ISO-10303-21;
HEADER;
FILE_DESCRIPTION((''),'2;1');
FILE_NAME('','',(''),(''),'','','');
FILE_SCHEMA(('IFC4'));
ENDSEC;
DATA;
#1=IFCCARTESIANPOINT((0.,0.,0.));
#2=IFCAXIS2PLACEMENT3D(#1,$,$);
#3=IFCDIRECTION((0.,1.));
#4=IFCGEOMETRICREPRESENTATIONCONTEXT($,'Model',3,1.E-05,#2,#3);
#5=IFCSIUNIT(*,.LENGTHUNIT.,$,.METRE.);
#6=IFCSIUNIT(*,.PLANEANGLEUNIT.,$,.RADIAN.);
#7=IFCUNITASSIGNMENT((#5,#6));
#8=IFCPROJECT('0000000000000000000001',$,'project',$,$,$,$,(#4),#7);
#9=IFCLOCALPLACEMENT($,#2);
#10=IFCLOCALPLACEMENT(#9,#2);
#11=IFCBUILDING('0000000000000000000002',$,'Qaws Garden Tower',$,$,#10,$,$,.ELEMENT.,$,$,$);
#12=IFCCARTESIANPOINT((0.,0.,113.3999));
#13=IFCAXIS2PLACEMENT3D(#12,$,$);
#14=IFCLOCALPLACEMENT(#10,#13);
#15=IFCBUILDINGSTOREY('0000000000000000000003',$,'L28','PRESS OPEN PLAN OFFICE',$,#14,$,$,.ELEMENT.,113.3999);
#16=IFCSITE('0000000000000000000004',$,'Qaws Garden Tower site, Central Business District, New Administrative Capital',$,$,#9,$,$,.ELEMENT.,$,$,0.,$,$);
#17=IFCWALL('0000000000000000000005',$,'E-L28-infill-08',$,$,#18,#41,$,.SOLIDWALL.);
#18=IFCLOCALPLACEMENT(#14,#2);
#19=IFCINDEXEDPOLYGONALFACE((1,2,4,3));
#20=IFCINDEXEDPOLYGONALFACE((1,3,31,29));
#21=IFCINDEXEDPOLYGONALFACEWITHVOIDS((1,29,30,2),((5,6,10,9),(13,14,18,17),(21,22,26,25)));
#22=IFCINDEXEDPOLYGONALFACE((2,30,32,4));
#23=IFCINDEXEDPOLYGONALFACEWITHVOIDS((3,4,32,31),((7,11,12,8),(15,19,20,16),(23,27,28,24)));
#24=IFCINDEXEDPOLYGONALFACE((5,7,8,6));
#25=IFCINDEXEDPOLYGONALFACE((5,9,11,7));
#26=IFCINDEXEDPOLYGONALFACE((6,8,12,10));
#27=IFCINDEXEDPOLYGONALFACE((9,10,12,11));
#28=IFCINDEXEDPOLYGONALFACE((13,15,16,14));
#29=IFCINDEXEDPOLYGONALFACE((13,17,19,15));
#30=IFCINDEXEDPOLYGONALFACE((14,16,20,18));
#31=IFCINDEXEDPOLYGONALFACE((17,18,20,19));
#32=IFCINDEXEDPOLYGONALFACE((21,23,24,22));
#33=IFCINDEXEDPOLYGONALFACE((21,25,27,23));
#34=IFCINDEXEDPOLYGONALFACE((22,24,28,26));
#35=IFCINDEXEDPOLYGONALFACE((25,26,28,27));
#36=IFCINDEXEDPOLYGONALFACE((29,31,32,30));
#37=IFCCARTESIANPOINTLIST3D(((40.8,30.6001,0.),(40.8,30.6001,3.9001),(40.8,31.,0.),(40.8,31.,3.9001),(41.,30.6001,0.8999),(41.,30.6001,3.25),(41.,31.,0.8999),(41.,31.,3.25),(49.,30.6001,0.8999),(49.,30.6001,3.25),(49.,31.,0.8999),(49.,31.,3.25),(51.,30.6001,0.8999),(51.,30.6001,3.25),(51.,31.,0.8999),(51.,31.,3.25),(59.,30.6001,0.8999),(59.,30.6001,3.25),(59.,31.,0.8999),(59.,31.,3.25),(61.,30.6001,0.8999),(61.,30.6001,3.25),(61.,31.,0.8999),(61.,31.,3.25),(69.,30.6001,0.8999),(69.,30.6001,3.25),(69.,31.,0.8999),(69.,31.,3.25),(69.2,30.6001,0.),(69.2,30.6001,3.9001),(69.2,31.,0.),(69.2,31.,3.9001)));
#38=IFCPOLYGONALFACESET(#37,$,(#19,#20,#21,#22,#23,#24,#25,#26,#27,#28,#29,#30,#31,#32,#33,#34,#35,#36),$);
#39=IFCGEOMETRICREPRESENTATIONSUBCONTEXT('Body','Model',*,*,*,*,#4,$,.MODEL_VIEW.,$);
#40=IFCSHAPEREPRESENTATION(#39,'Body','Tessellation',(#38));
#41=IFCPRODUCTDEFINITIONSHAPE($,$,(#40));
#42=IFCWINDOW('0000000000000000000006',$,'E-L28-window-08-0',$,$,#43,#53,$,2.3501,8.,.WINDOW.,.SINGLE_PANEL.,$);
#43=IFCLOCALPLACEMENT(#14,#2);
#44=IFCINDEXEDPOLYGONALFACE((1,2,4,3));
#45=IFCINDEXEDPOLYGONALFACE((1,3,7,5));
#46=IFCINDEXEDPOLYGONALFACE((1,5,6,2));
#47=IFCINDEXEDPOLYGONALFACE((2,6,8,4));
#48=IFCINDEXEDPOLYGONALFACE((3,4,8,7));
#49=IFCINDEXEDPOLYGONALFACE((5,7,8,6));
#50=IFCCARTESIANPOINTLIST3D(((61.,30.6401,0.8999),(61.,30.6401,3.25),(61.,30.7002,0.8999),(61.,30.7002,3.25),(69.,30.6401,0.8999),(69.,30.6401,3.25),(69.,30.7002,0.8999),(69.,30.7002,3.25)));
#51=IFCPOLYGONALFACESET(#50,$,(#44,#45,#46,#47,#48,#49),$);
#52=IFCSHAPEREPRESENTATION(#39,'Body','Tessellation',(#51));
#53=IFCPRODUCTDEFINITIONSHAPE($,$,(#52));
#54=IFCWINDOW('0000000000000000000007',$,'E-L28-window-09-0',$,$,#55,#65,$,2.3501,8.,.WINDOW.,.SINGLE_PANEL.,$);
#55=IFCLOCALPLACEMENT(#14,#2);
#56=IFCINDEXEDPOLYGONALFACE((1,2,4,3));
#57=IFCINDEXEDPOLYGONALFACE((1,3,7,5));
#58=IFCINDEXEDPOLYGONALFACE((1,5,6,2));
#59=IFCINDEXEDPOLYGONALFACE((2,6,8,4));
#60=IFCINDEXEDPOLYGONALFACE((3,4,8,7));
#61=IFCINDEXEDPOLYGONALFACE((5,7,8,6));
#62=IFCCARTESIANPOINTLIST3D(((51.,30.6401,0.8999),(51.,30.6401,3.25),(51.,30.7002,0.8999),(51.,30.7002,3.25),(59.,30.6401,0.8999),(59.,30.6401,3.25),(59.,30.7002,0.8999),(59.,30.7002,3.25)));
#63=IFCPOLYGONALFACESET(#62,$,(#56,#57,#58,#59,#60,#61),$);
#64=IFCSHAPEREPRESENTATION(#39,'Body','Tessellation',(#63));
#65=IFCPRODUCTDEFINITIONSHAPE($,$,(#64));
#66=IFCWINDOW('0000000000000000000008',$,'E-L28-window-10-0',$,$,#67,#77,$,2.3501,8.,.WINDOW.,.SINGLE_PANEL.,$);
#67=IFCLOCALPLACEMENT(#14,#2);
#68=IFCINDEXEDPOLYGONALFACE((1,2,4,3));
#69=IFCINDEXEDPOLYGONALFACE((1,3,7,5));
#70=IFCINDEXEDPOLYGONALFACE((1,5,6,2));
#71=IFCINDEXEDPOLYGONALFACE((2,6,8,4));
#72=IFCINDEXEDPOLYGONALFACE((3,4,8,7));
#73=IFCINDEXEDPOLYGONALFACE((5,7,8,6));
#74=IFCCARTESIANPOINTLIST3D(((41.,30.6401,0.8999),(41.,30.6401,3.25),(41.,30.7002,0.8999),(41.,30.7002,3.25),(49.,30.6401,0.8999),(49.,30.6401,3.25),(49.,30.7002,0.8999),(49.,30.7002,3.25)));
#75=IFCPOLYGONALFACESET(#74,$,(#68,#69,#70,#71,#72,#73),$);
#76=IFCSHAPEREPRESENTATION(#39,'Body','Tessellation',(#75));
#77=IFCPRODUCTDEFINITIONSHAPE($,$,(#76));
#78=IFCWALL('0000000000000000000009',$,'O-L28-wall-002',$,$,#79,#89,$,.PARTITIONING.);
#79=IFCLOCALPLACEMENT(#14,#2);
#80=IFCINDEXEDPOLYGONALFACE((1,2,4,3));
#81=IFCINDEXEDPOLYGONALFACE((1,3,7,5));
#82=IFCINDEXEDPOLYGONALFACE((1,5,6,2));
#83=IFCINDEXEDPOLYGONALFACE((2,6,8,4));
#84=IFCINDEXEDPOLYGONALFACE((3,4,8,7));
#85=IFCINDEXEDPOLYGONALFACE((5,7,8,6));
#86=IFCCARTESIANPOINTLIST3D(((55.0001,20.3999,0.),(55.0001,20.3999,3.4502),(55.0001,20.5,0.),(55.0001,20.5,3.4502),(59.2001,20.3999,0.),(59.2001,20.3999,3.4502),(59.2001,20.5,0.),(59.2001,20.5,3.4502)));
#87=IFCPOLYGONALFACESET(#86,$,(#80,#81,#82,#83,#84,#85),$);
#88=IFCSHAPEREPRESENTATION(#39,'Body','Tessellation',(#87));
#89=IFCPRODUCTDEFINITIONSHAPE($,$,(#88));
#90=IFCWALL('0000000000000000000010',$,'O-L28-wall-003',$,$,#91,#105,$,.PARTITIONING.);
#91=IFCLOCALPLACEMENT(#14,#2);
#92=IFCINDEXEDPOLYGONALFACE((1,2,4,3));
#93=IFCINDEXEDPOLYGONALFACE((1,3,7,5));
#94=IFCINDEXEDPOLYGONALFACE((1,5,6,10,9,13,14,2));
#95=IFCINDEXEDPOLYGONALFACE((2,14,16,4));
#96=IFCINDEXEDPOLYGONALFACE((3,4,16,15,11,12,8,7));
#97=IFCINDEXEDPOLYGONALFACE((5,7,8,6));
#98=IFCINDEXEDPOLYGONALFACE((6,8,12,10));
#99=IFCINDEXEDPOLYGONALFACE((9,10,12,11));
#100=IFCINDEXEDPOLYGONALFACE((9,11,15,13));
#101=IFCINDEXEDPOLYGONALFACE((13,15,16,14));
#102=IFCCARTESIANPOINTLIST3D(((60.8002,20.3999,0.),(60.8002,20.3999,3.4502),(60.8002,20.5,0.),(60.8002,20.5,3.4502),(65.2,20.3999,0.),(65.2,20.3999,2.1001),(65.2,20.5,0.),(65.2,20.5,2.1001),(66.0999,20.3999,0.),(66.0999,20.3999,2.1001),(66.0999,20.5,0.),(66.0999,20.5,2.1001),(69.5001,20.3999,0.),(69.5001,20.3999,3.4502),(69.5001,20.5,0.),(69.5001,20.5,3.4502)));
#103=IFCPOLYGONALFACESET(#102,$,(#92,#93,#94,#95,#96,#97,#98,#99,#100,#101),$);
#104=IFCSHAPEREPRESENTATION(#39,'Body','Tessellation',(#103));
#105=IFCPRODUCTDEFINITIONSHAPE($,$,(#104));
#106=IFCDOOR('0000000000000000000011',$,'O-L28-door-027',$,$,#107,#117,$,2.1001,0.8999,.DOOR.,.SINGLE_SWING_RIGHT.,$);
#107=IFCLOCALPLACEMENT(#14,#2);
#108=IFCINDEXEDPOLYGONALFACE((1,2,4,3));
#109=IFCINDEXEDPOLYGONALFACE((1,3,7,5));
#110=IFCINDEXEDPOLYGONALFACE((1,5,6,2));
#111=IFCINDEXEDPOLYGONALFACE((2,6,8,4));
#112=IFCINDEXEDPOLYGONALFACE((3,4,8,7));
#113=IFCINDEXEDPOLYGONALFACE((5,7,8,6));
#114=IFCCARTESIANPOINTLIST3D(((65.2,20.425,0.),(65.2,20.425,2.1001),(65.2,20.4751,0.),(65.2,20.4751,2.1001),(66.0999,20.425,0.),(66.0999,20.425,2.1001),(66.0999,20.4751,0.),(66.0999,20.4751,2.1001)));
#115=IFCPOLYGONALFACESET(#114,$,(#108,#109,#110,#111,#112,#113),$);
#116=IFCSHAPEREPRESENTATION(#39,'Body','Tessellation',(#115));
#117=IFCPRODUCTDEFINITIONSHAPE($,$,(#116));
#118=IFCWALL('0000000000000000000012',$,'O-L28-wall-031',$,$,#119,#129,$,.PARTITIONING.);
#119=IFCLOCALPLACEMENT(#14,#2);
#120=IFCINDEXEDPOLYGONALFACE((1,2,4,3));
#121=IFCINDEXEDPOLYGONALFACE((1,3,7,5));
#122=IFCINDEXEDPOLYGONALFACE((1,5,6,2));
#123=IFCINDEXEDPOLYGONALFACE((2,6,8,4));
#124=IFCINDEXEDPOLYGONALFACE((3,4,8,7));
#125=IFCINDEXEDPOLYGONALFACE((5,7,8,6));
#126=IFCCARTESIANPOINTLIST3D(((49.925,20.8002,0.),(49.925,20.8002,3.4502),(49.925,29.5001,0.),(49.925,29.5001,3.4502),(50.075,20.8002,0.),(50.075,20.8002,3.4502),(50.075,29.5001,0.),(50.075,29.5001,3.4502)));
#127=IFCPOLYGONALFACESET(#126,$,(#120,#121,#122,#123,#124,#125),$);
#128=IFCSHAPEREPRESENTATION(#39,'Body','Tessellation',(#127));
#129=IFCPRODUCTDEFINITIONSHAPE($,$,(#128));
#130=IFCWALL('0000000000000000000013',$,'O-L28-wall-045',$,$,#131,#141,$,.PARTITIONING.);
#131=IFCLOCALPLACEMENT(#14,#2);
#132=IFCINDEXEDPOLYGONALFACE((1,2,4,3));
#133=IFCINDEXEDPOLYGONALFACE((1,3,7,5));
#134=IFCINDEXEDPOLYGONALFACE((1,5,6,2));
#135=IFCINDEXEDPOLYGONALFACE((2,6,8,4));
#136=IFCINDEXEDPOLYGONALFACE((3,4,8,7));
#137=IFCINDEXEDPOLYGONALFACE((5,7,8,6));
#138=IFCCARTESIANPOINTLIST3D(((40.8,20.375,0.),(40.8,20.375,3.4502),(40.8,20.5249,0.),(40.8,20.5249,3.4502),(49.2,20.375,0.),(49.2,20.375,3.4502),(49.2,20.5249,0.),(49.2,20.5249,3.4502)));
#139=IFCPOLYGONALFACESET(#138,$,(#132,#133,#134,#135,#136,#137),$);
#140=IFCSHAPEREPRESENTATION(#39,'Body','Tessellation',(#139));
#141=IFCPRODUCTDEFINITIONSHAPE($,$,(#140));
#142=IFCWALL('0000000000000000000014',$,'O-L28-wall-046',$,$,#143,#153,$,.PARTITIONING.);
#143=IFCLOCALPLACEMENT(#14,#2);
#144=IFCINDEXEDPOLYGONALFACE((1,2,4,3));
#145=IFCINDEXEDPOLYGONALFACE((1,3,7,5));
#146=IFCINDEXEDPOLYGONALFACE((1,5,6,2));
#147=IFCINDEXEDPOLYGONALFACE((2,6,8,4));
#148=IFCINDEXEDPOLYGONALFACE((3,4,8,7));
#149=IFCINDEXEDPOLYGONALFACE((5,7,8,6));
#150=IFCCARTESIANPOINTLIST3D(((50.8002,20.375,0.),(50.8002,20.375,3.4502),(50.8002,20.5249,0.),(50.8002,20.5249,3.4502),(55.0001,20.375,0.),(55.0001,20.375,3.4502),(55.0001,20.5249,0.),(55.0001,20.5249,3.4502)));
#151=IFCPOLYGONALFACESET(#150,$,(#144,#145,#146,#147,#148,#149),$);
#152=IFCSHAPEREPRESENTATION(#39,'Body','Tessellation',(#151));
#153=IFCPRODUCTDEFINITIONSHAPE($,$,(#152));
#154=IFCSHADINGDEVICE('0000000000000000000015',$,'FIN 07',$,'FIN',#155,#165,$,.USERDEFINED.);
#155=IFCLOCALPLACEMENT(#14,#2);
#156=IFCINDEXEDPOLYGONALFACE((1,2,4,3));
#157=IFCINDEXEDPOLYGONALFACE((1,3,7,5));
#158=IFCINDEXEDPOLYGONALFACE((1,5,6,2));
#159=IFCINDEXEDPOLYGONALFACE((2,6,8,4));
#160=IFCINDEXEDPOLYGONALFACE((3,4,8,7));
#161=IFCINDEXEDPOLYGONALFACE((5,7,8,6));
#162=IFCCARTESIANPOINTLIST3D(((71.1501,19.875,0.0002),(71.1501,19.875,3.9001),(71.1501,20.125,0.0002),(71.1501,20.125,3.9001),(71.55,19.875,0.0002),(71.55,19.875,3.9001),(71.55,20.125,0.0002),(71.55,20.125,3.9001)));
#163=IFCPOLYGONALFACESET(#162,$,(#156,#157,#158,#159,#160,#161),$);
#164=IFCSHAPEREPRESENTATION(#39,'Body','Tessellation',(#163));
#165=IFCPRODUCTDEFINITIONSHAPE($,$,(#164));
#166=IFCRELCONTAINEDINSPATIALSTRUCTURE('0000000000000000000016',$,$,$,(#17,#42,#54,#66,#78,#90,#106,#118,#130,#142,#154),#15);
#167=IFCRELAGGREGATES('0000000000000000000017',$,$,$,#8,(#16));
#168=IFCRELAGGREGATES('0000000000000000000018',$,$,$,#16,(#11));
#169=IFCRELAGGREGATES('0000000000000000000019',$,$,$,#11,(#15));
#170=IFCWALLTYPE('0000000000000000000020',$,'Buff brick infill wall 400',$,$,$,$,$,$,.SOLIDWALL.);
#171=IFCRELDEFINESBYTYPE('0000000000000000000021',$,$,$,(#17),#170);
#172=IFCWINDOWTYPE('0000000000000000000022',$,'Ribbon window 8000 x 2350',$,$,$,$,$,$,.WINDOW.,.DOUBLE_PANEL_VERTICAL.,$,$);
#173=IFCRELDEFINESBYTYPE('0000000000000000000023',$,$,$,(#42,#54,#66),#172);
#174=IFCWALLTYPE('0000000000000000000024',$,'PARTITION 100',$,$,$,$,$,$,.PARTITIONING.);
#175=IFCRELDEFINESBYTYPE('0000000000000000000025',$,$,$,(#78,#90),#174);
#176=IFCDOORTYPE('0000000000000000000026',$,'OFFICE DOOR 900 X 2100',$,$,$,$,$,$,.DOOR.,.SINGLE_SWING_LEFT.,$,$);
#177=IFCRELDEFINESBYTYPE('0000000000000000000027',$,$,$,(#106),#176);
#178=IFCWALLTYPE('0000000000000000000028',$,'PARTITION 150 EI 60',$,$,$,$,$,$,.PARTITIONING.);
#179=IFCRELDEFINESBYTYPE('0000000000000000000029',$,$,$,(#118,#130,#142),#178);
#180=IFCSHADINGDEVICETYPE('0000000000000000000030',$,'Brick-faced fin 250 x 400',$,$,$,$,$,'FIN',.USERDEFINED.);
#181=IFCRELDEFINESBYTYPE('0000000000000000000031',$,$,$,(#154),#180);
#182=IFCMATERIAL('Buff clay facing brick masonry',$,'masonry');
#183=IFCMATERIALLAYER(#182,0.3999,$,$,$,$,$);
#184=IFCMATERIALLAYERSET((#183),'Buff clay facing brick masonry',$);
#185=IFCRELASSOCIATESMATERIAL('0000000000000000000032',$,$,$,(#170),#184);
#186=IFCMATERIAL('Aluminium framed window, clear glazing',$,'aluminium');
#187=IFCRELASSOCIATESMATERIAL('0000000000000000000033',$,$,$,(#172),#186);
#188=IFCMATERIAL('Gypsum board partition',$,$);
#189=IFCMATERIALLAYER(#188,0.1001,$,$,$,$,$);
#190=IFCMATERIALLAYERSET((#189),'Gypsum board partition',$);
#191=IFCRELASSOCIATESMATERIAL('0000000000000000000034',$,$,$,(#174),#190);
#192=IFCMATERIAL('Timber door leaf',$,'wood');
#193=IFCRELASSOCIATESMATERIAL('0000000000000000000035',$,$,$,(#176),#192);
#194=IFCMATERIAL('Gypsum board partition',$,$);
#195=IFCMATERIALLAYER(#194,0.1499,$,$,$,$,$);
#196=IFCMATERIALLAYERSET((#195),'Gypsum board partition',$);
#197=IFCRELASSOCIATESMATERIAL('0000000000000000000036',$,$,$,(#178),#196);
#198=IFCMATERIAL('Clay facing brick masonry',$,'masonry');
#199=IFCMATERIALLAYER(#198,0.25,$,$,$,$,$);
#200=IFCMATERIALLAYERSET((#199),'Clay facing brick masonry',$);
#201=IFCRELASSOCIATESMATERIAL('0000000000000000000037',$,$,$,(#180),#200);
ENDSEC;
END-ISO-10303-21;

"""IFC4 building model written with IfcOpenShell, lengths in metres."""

from ifc_helpers import new_model, si_unit, direction, frame, frame_2d, origin, origin_2d, place, context, subcontext, project, spatial, rectangle, extrude, material, layer, layer_set, type_object, element, fill, save


model = new_model("IFC4")

# Units and contexts
model_context = context("Model", 3, precision=1e-05, world=origin(), true_north=direction((0.0, 1.0)))
body_context = subcontext(model_context, "Body", "Model", "MODEL_VIEW")
ifc_project = project(units=[si_unit("LENGTHUNIT", "METRE"), si_unit("PLANEANGLEUNIT", "RADIAN")], contexts=[model_context])

# Site, building, storey
site_placement = place(None, origin())
site = spatial("IfcSite", under=ifc_project, at=site_placement, Name="Qaws Garden Tower site, Central Business District, New Administrative Capital", CompositionType="ELEMENT", RefElevation=0.0)
building_placement = place(site_placement, origin())
building = spatial("IfcBuilding", under=site, at=building_placement, Name="Qaws Garden Tower", CompositionType="ELEMENT")
storey_placement = place(building_placement, frame((0.0, 0.0, 113.3999)))
storey = spatial("IfcBuildingStorey", under=building, at=storey_placement, Name="L28", Description="PRESS OPEN PLAN OFFICE", CompositionType="ELEMENT", Elevation=113.3999)

# Wall, openings, windows
ifc_material_1 = material(Name="Buff clay facing brick masonry", Category="masonry")
ifc_layer_1 = layer(ifc_material_1, 0.3999)
ifc_layer_set_1 = layer_set([ifc_layer_1], Name="Buff clay facing brick masonry")
wall_type_1 = type_object("IfcWallType", Name="Buff brick infill wall 400", PredefinedType="SOLIDWALL", material=ifc_layer_set_1)
wall_1_placement = place(storey_placement, frame((69.2, 30.8, 0.0), z_axis=(0.0, 0.0, 1.0), x_axis=(-1.0, 0.0, 0.0)))
wall_1 = element("IfcWall", 1, at=wall_1_placement, inside=storey, type_object=wall_type_1, Name="E-L28-infill-08", PredefinedType="SOLIDWALL", context=body_context, shape_type="SweptSolid", body=[
    extrude(rectangle(XDim=28.3999, YDim=0.3999, at=frame_2d((14.2, 0.0))), origin(), (0.0, 0.0, 1.0), 3.9001),
])
opening_1_placement = place(wall_1_placement, frame((0.2, 0.0, 0.8999)))
opening_1 = element("IfcOpeningElement", 2, at=opening_1_placement, cuts=wall_1, PredefinedType="OPENING", context=body_context, shape_type="SweptSolid", body=[
    extrude(rectangle(XDim=8.0, YDim=2.3501, at=frame_2d((4.0, 1.175))), frame((0.0, 0.21, 0.0), z_axis=(0.0, -1.0, 0.0), x_axis=(1.0, 0.0, 0.0)), (0.0, 0.0, 1.0), 0.4199),
])
opening_2_placement = place(wall_1_placement, frame((10.2, 0.0, 0.8999)))
opening_2 = element("IfcOpeningElement", 3, at=opening_2_placement, cuts=wall_1, PredefinedType="OPENING", context=body_context, shape_type="SweptSolid", body=[
    extrude(rectangle(XDim=8.0, YDim=2.3501, at=frame_2d((4.0, 1.175))), frame((0.0, 0.21, 0.0), z_axis=(0.0, -1.0, 0.0), x_axis=(1.0, 0.0, 0.0)), (0.0, 0.0, 1.0), 0.4199),
])
opening_3_placement = place(wall_1_placement, frame((20.2, 0.0, 0.8999)))
opening_3 = element("IfcOpeningElement", 4, at=opening_3_placement, cuts=wall_1, PredefinedType="OPENING", context=body_context, shape_type="SweptSolid", body=[
    extrude(rectangle(XDim=8.0, YDim=2.3501, at=frame_2d((4.0, 1.175))), frame((0.0, 0.21, 0.0), z_axis=(0.0, -1.0, 0.0), x_axis=(1.0, 0.0, 0.0)), (0.0, 0.0, 1.0), 0.4199),
])
ifc_material_2 = material(Name="Aluminium framed window, clear glazing", Category="aluminium")
window_type = type_object("IfcWindowType", Name="Ribbon window 8000 x 2350", PartitioningType="DOUBLE_PANEL_VERTICAL", PredefinedType="WINDOW", material=ifc_material_2)
window_1_placement = place(opening_1_placement, origin())
window_1 = element("IfcWindow", 5, at=window_1_placement, inside=storey, type_object=window_type, Name="E-L28-window-08-0", OverallHeight=2.3501, OverallWidth=8.0, PartitioningType="SINGLE_PANEL", PredefinedType="WINDOW", context=body_context, shape_type="SweptSolid", body=[
    extrude(rectangle(XDim=8.0, YDim=2.3501, at=frame_2d((4.0, 1.175))), frame((0.0, 0.1599, 0.0), z_axis=(0.0, -1.0, 0.0), x_axis=(1.0, 0.0, 0.0)), (0.0, 0.0, 1.0), 0.0601),
])
fill(opening_1, window_1)
window_2_placement = place(opening_2_placement, origin())
window_2 = element("IfcWindow", 6, at=window_2_placement, inside=storey, type_object=window_type, Name="E-L28-window-09-0", OverallHeight=2.3501, OverallWidth=8.0, PartitioningType="SINGLE_PANEL", PredefinedType="WINDOW", context=body_context, shape_type="SweptSolid", body=[
    extrude(rectangle(XDim=8.0, YDim=2.3501, at=frame_2d((4.0, 1.175))), frame((0.0, 0.1599, 0.0), z_axis=(0.0, -1.0, 0.0), x_axis=(1.0, 0.0, 0.0)), (0.0, 0.0, 1.0), 0.0601),
])
fill(opening_2, window_2)
window_3_placement = place(opening_3_placement, origin())
window_3 = element("IfcWindow", 7, at=window_3_placement, inside=storey, type_object=window_type, Name="E-L28-window-10-0", OverallHeight=2.3501, OverallWidth=8.0, PartitioningType="SINGLE_PANEL", PredefinedType="WINDOW", context=body_context, shape_type="SweptSolid", body=[
    extrude(rectangle(XDim=8.0, YDim=2.3501, at=frame_2d((4.0, 1.175))), frame((0.0, 0.1599, 0.0), z_axis=(0.0, -1.0, 0.0), x_axis=(1.0, 0.0, 0.0)), (0.0, 0.0, 1.0), 0.0601),
])
fill(opening_3, window_3)

# Wall
ifc_material_3 = material(Name="Gypsum board partition")
ifc_layer_2 = layer(ifc_material_3, 0.1001)
ifc_layer_set_2 = layer_set([ifc_layer_2], Name="Gypsum board partition")
wall_type_2 = type_object("IfcWallType", Name="PARTITION 100", PredefinedType="PARTITIONING", material=ifc_layer_set_2)
wall_2_placement = place(storey_placement, frame((55.0, 20.45, 0.0), z_axis=(0.0, 0.0, 1.0), x_axis=(1.0, 0.0, 0.0)))
element("IfcWall", 8, at=wall_2_placement, inside=storey, type_object=wall_type_2, Name="O-L28-wall-002", PredefinedType="PARTITIONING", context=body_context, shape_type="SweptSolid", body=[
    extrude(rectangle(XDim=4.2, YDim=0.1001, at=frame_2d((2.1001, 0.0))), origin(), (0.0, 0.0, 1.0), 3.4502),
])

# Wall, opening, door
wall_3_placement = place(storey_placement, frame((60.8, 20.45, 0.0), z_axis=(0.0, 0.0, 1.0), x_axis=(1.0, 0.0, 0.0)))
wall_3 = element("IfcWall", 9, at=wall_3_placement, inside=storey, type_object=wall_type_2, Name="O-L28-wall-003", PredefinedType="PARTITIONING", context=body_context, shape_type="SweptSolid", body=[
    extrude(rectangle(XDim=8.7, YDim=0.1001, at=frame_2d((4.3501, 0.0))), origin(), (0.0, 0.0, 1.0), 3.4502),
])
opening_4_placement = place(wall_3_placement, frame((4.3999, 0.0, 0.0)))
opening_4 = element("IfcOpeningElement", 10, at=opening_4_placement, cuts=wall_3, PredefinedType="OPENING", context=body_context, shape_type="SweptSolid", body=[
    extrude(rectangle(XDim=0.8999, YDim=2.1001, at=frame_2d((0.45, 1.05))), frame((0.0, 0.0601, 0.0), z_axis=(0.0, -1.0, 0.0), x_axis=(1.0, 0.0, 0.0)), (0.0, 0.0, 1.0), 0.1201),
])
ifc_material_4 = material(Name="Timber door leaf", Category="wood")
door_type = type_object("IfcDoorType", Name="OFFICE DOOR 900 X 2100", OperationType="SINGLE_SWING_LEFT", PredefinedType="DOOR", material=ifc_material_4)
door_placement = place(opening_4_placement, frame((0.8999, 0.0, 0.0), z_axis=(0.0, 0.0, 1.0), x_axis=(-1.0, 0.0, 0.0)))
door = element("IfcDoor", 11, at=door_placement, inside=storey, type_object=door_type, Name="O-L28-door-027", OperationType="SINGLE_SWING_RIGHT", OverallHeight=2.1001, OverallWidth=0.8999, PredefinedType="DOOR", context=body_context, shape_type="SweptSolid", body=[
    extrude(rectangle(XDim=0.8999, YDim=2.1001, at=frame_2d((0.45, 1.05))), frame((0.0, 0.0249, 0.0), z_axis=(0.0, -1.0, 0.0), x_axis=(1.0, 0.0, 0.0)), (0.0, 0.0, 1.0), 0.05),
])
fill(opening_4, door)

# Walls
ifc_material_5 = material(Name="Gypsum board partition")
ifc_layer_3 = layer(ifc_material_5, 0.1499)
ifc_layer_set_3 = layer_set([ifc_layer_3], Name="Gypsum board partition")
wall_type_3 = type_object("IfcWallType", Name="PARTITION 150 EI 60", PredefinedType="PARTITIONING", material=ifc_layer_set_3)
wall_4_placement = place(storey_placement, frame((50.0, 20.8, 0.0), z_axis=(0.0, 0.0, 1.0), x_axis=(0.0, 1.0, 0.0)))
element("IfcWall", 12, at=wall_4_placement, inside=storey, type_object=wall_type_3, Name="O-L28-wall-031", PredefinedType="PARTITIONING", context=body_context, shape_type="SweptSolid", body=[
    extrude(rectangle(XDim=8.7, YDim=0.1499, at=frame_2d((4.3501, 0.0))), origin(), (0.0, 0.0, 1.0), 3.4502),
])
wall_5_placement = place(storey_placement, frame((40.8, 20.45, 0.0), z_axis=(0.0, 0.0, 1.0), x_axis=(1.0, 0.0, 0.0)))
element("IfcWall", 13, at=wall_5_placement, inside=storey, type_object=wall_type_3, Name="O-L28-wall-045", PredefinedType="PARTITIONING", context=body_context, shape_type="SweptSolid", body=[
    extrude(rectangle(XDim=8.3999, YDim=0.1499, at=frame_2d((4.2, 0.0))), origin(), (0.0, 0.0, 1.0), 3.4502),
])
wall_6_placement = place(storey_placement, frame((50.8, 20.45, 0.0), z_axis=(0.0, 0.0, 1.0), x_axis=(1.0, 0.0, 0.0)))
element("IfcWall", 14, at=wall_6_placement, inside=storey, type_object=wall_type_3, Name="O-L28-wall-046", PredefinedType="PARTITIONING", context=body_context, shape_type="SweptSolid", body=[
    extrude(rectangle(XDim=4.2, YDim=0.1499, at=frame_2d((2.1001, 0.0))), origin(), (0.0, 0.0, 1.0), 3.4502),
])

# Shading device
ifc_material_6 = material(Name="Clay facing brick masonry", Category="masonry")
ifc_layer_4 = layer(ifc_material_6, 0.25)
ifc_layer_set_4 = layer_set([ifc_layer_4], Name="Clay facing brick masonry")
shading_device_type = type_object("IfcShadingDeviceType", Name="Brick-faced fin 250 x 400", ElementType="FIN", PredefinedType="USERDEFINED", material=ifc_layer_set_4)
shading_device_placement = place(storey_placement, frame((71.3501, 20.0, 0.0002), z_axis=(0.0, 0.0, 1.0), x_axis=(0.0, 1.0, 0.0)))
element("IfcShadingDevice", 15, at=shading_device_placement, inside=storey, type_object=shading_device_type, Name="FIN 07", ObjectType="FIN", PredefinedType="USERDEFINED", context=body_context, shape_type="SweptSolid", body=[
    extrude(rectangle(XDim=0.25, YDim=0.3999, at=origin_2d()), origin(), (0.0, 0.0, 1.0), 3.8999),
])

save(model, "model.ifc")
